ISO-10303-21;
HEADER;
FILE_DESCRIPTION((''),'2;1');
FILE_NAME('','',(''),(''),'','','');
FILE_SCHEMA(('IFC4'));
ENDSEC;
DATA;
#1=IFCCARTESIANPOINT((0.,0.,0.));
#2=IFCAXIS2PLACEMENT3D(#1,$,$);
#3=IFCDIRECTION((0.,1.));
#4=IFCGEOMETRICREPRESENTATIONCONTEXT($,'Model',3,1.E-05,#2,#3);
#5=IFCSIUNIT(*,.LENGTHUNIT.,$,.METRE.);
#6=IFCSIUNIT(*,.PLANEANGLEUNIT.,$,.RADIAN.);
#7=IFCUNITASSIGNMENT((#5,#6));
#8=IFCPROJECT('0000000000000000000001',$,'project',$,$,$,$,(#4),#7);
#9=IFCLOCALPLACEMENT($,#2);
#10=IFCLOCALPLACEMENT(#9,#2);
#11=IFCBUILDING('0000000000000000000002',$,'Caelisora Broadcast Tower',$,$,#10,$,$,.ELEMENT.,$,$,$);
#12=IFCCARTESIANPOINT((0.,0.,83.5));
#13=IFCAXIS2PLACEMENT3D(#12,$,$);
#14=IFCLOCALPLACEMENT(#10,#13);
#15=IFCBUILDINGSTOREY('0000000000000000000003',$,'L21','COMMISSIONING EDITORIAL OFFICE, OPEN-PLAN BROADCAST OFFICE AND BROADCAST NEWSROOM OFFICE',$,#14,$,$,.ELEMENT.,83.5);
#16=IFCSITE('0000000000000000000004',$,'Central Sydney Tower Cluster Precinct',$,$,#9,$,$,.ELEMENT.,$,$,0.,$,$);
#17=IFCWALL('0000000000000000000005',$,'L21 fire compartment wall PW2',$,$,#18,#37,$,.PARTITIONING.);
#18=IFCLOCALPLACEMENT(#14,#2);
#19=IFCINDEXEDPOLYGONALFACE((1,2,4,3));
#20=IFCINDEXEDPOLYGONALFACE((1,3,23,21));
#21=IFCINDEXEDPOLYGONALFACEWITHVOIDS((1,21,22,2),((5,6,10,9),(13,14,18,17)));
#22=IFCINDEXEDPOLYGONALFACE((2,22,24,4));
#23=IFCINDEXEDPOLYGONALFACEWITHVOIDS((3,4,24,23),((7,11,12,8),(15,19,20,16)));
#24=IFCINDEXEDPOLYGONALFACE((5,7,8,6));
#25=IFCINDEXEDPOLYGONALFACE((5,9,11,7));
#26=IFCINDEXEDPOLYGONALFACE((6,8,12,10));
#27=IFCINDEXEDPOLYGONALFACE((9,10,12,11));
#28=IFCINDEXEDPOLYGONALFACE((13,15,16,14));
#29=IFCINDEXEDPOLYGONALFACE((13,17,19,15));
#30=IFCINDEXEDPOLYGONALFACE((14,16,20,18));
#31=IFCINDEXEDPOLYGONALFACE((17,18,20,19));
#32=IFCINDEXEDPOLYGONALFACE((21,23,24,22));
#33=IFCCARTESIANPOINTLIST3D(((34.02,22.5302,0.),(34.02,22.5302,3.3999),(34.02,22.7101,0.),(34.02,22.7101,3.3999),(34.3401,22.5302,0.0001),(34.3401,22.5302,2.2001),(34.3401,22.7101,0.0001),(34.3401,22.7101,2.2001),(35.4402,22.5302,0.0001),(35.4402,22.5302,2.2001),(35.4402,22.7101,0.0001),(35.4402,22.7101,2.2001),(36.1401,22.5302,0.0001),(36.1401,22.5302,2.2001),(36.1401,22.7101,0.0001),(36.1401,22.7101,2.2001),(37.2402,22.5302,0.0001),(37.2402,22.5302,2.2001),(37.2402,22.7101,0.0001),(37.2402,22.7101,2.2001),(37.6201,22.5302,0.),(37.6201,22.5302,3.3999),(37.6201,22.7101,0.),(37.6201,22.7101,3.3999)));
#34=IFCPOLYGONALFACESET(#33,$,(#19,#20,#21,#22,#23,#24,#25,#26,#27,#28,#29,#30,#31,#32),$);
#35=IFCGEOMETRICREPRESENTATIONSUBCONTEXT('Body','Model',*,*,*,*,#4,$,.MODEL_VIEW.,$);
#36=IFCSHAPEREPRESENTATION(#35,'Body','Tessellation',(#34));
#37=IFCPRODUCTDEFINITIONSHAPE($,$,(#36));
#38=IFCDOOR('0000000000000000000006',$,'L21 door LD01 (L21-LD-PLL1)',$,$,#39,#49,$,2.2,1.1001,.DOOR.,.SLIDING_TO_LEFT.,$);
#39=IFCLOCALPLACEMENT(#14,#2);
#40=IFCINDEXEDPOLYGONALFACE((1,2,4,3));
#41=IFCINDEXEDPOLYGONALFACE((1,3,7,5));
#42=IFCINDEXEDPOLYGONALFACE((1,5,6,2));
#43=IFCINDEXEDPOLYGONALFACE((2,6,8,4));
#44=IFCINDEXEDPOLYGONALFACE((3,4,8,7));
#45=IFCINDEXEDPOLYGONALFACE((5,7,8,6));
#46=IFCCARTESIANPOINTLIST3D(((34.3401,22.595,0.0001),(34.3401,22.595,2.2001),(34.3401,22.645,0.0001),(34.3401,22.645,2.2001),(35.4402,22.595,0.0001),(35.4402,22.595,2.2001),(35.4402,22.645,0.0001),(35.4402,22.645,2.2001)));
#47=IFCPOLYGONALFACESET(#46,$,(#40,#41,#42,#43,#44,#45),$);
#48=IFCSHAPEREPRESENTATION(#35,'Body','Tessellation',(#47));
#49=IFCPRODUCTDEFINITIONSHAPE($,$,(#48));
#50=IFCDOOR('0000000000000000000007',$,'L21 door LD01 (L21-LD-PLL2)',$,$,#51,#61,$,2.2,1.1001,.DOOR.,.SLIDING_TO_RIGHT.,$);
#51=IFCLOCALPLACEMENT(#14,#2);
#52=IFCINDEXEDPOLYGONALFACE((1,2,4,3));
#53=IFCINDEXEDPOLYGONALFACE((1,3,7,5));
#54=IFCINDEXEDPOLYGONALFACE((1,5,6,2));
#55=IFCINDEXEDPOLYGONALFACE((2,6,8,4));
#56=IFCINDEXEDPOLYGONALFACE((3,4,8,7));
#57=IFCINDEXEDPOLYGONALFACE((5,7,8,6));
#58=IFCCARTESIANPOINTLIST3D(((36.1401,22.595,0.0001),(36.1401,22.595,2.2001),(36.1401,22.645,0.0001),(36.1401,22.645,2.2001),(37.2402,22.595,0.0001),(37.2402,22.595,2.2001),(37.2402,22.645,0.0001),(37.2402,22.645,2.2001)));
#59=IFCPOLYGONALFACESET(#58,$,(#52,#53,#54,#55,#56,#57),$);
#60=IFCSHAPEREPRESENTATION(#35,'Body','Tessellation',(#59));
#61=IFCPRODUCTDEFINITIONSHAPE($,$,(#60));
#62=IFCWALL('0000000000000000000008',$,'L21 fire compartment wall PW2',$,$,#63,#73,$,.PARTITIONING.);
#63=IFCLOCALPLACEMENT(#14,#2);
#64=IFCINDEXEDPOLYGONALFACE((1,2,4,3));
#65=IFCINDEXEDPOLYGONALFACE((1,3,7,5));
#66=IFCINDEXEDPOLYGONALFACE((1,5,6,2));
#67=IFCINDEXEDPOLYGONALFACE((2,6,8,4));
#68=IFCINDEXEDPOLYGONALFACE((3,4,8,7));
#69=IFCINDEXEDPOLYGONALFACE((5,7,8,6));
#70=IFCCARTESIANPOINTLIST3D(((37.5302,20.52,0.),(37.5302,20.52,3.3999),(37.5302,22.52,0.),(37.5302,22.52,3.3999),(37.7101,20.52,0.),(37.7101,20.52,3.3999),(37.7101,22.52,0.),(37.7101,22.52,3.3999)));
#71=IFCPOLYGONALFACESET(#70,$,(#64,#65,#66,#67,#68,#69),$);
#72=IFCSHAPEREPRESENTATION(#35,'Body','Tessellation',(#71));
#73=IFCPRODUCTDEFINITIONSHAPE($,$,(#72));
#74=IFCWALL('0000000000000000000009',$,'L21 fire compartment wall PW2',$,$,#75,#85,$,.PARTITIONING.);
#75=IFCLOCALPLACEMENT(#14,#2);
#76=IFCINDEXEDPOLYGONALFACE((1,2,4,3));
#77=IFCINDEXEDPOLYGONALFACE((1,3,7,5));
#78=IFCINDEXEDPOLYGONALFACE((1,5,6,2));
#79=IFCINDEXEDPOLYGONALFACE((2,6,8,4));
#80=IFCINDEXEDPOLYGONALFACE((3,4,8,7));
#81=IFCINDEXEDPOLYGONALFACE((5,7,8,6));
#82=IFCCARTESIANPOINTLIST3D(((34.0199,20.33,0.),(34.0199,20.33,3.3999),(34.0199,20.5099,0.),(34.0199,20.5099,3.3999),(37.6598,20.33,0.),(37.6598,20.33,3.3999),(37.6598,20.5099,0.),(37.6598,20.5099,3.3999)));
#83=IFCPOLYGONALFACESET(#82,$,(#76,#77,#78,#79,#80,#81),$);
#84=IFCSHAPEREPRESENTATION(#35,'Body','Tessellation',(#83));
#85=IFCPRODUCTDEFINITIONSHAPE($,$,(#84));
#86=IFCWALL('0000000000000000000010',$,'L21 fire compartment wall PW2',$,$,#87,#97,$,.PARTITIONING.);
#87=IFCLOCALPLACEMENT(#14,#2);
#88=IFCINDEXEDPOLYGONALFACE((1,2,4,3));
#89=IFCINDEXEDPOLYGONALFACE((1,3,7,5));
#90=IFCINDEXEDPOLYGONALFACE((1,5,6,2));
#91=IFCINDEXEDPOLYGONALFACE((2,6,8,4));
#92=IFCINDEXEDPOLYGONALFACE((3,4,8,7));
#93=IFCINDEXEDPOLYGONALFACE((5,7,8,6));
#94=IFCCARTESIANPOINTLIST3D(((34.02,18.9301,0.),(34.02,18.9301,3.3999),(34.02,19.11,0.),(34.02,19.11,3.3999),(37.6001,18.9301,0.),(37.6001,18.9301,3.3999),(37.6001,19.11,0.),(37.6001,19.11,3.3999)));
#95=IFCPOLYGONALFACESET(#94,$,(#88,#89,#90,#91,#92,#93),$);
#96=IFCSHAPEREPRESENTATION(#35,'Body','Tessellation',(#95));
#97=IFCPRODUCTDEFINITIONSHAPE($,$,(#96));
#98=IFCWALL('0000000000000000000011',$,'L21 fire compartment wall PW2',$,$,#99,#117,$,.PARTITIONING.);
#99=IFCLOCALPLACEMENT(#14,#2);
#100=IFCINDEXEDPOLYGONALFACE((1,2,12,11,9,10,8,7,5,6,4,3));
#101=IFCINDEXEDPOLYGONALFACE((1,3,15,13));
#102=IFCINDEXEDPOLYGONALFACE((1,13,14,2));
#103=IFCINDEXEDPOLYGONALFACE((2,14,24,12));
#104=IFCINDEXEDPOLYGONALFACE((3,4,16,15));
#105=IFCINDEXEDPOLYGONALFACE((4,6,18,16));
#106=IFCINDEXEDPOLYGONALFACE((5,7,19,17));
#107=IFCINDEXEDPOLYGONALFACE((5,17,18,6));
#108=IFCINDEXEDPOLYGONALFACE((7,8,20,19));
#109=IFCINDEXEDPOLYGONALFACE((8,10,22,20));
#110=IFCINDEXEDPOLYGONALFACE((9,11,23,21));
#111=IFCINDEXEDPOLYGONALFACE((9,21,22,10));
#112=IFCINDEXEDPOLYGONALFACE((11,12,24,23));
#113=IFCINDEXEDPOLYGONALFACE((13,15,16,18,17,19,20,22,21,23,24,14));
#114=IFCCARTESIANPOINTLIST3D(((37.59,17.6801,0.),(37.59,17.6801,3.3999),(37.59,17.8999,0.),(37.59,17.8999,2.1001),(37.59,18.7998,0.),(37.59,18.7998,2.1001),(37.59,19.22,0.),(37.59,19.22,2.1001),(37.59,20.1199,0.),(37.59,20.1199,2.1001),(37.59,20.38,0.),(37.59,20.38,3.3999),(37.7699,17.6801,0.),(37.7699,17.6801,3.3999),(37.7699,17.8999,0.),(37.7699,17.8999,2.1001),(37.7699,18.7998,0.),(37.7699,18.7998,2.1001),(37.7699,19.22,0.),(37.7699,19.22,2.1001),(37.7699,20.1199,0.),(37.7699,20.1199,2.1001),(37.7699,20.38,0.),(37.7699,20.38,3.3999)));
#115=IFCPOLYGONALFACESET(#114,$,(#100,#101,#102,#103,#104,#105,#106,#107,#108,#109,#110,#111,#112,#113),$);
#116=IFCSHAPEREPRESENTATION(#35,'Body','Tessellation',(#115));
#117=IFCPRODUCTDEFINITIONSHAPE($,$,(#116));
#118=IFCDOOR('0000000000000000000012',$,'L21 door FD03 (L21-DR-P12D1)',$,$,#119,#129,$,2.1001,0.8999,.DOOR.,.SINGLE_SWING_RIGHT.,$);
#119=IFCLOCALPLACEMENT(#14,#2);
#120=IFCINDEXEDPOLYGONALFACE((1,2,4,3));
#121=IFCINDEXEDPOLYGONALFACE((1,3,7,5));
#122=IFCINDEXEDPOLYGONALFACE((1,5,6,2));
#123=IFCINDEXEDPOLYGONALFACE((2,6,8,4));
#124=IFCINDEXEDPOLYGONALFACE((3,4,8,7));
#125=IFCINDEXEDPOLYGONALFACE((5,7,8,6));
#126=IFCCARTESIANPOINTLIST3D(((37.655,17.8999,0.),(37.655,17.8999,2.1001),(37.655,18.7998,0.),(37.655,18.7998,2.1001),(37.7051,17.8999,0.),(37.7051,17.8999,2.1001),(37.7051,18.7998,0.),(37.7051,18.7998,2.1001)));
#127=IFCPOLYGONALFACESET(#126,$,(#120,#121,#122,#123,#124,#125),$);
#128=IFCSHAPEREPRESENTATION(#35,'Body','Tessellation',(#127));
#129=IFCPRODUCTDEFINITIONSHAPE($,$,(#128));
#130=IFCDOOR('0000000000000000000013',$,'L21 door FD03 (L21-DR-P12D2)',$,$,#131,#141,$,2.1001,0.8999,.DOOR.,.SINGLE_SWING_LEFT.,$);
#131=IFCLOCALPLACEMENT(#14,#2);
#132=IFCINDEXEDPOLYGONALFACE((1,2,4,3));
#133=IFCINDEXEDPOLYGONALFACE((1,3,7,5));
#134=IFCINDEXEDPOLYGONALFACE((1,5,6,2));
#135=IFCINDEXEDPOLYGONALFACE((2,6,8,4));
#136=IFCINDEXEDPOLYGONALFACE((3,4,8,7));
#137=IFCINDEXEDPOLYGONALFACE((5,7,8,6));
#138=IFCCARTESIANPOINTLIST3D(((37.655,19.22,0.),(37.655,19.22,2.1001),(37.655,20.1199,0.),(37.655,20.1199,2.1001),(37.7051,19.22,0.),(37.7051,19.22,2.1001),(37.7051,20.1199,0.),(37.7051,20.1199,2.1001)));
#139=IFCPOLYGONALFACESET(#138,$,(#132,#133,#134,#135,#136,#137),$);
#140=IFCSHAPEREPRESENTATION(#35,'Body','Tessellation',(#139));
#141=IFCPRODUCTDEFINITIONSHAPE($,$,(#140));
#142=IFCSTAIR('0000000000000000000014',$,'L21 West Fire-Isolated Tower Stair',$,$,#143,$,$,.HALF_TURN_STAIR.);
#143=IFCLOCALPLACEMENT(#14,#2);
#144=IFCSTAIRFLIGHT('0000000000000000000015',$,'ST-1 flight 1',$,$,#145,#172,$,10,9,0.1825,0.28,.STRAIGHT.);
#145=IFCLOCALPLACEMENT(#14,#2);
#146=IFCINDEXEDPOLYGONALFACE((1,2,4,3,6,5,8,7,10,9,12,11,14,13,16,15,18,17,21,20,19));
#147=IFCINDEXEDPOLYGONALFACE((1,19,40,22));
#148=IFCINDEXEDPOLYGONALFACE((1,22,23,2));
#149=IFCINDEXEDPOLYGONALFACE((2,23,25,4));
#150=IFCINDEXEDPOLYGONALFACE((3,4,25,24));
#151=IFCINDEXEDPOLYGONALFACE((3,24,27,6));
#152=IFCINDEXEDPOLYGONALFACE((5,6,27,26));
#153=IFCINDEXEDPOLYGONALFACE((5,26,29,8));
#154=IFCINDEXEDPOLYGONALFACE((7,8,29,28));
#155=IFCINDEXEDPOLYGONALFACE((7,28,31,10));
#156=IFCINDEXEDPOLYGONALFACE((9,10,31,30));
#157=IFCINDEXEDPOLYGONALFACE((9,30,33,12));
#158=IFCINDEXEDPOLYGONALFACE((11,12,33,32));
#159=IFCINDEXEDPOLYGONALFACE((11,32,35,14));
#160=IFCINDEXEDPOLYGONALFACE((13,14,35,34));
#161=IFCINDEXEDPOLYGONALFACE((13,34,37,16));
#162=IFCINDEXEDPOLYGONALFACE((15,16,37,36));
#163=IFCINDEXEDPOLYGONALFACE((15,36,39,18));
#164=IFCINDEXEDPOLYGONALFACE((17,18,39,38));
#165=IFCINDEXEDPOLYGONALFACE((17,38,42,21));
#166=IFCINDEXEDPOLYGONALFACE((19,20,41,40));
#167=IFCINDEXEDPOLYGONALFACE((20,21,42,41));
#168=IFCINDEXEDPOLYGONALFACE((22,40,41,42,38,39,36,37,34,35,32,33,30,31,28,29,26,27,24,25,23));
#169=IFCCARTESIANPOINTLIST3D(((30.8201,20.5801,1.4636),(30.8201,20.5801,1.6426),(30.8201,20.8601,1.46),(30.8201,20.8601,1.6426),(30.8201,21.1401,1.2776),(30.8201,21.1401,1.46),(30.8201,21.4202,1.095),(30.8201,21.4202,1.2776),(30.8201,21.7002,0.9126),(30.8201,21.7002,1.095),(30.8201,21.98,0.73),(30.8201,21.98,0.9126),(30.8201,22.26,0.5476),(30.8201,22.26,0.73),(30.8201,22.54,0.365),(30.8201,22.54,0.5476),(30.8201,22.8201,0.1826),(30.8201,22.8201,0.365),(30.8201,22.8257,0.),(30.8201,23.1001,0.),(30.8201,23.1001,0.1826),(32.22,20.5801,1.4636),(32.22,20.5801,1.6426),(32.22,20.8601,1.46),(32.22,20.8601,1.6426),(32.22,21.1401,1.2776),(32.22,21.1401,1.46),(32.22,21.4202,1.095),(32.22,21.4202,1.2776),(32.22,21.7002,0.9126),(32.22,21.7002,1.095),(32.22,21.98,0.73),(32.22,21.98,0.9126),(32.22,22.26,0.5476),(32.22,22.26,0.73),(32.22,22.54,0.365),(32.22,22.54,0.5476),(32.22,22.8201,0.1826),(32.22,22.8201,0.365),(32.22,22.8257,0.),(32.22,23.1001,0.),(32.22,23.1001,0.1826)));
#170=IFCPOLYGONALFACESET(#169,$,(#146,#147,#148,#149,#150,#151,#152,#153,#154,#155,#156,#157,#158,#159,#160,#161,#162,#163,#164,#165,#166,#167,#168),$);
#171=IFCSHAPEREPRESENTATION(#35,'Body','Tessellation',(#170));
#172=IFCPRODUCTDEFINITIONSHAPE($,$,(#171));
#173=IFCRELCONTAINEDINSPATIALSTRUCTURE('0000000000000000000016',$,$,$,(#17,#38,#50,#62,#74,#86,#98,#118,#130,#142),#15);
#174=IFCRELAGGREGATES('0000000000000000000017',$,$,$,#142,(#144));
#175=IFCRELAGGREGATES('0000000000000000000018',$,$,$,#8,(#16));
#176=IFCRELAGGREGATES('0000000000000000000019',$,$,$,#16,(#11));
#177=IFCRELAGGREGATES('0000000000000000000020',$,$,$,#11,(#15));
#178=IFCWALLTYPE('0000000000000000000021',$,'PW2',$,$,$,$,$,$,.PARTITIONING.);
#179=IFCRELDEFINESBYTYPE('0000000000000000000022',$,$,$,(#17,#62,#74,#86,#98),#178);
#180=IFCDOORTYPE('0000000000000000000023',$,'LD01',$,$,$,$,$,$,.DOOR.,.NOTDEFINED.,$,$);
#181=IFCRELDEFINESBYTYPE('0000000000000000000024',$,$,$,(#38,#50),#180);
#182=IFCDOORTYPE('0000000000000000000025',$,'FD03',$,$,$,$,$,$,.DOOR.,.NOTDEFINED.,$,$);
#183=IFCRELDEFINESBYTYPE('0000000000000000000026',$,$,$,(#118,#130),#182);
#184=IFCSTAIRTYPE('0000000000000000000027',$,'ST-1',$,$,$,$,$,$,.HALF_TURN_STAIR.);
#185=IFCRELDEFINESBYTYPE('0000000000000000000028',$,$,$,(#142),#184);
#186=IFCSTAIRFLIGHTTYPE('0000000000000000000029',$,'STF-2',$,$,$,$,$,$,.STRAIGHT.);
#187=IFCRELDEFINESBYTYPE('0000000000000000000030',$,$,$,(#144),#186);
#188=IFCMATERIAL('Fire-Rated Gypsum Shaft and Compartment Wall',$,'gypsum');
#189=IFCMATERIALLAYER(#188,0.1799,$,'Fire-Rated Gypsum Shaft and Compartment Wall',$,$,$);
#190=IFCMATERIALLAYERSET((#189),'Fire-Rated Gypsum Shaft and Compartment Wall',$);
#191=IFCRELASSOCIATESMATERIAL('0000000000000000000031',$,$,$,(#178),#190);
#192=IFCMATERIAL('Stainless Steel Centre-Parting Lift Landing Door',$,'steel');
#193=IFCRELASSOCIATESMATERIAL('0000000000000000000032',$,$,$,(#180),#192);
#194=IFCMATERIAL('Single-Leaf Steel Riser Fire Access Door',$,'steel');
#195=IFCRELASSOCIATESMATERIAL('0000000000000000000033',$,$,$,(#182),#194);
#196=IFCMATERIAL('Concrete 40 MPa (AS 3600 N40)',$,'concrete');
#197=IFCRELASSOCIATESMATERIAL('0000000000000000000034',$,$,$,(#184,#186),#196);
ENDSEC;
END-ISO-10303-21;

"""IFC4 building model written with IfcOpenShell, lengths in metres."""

from ifc_helpers import new_model, si_unit, direction, frame, frame_2d, origin, place, context, subcontext, project, spatial, polyline, rectangle, outline, extrude, material, layer, layer_set, type_object, element, fill, aggregate, save


model = new_model("IFC4")

# Units and contexts
model_context = context("Model", 3, precision=1e-05, world=origin(), true_north=direction((0.0, 1.0)))
body_context = subcontext(model_context, "Body", "Model", "MODEL_VIEW")
ifc_project = project(units=[si_unit("LENGTHUNIT", "METRE"), si_unit("PLANEANGLEUNIT", "RADIAN")], contexts=[model_context])

# Site, building, storey
site_placement = place(None, origin())
site = spatial("IfcSite", under=ifc_project, at=site_placement, Name="Central Sydney Tower Cluster Precinct", CompositionType="ELEMENT", RefElevation=0.0)
building_placement = place(site_placement, origin())
building = spatial("IfcBuilding", under=site, at=building_placement, Name="Caelisora Broadcast Tower", CompositionType="ELEMENT")
storey_placement = place(building_placement, frame((0.0, 0.0, 83.5)))
storey = spatial("IfcBuildingStorey", under=building, at=storey_placement, Name="L21", Description="COMMISSIONING EDITORIAL OFFICE, OPEN-PLAN BROADCAST OFFICE AND BROADCAST NEWSROOM OFFICE", CompositionType="ELEMENT", Elevation=83.5)

# Wall, openings, doors
ifc_material_1 = material(Name="Fire-Rated Gypsum Shaft and Compartment Wall", Category="gypsum")
ifc_layer_1 = layer(ifc_material_1, 0.1799, Name="Fire-Rated Gypsum Shaft and Compartment Wall")
ifc_layer_set_1 = layer_set([ifc_layer_1], Name="Fire-Rated Gypsum Shaft and Compartment Wall")
wall_type_1 = type_object("IfcWallType", Name="PW2", PredefinedType="PARTITIONING", material=ifc_layer_set_1)
wall_1_placement = place(storey_placement, frame((34.02, 22.6201, 0.0), z_axis=(0.0, 0.0, 1.0), x_axis=(1.0, 0.0, 0.0)))
wall_1 = element("IfcWall", 1, at=wall_1_placement, inside=storey, type_object=wall_type_1, Name="L21 fire compartment wall PW2", PredefinedType="PARTITIONING", context=body_context, shape_type="SweptSolid", body=[
    extrude(rectangle(XDim=3.6001, YDim=0.1799, at=frame_2d((1.8, 0.0))), origin(), (0.0, 0.0, 1.0), 3.3999),
])
opening_1_placement = place(wall_1_placement, frame((0.3201, 0.0, 0.0)))
opening_1 = element("IfcOpeningElement", 2, at=opening_1_placement, cuts=wall_1, PredefinedType="OPENING", context=body_context, shape_type="SweptSolid", body=[
    extrude(rectangle(XDim=1.1001, YDim=2.2, at=frame_2d((0.55, 1.1001))), frame((0.0, 0.1021, 0.0), z_axis=(0.0, -1.0, 0.0), x_axis=(1.0, 0.0, 0.0)), (0.0, 0.0, 1.0), 0.2039),
])
opening_2_placement = place(wall_1_placement, frame((2.1201, 0.0, 0.0)))
opening_2 = element("IfcOpeningElement", 3, at=opening_2_placement, cuts=wall_1, PredefinedType="OPENING", context=body_context, shape_type="SweptSolid", body=[
    extrude(rectangle(XDim=1.1001, YDim=2.2, at=frame_2d((0.55, 1.1001))), frame((0.0, 0.1021, 0.0), z_axis=(0.0, -1.0, 0.0), x_axis=(1.0, 0.0, 0.0)), (0.0, 0.0, 1.0), 0.2039),
])
ifc_material_2 = material(Name="Stainless Steel Centre-Parting Lift Landing Door", Category="steel")
door_type_1 = type_object("IfcDoorType", Name="LD01", OperationType="NOTDEFINED", PredefinedType="DOOR", material=ifc_material_2)
door_1_placement = place(opening_1_placement, origin())
door_1 = element("IfcDoor", 4, at=door_1_placement, inside=storey, type_object=door_type_1, Name="L21 door LD01 (L21-LD-PLL1)", OperationType="SLIDING_TO_LEFT", OverallHeight=2.2, OverallWidth=1.1001, PredefinedType="DOOR", context=body_context, shape_type="SweptSolid", body=[
    extrude(rectangle(XDim=1.1001, YDim=2.2, at=frame_2d((0.55, 1.1001))), frame((0.0, 0.0249, 0.0), z_axis=(0.0, -1.0, 0.0), x_axis=(1.0, 0.0, 0.0)), (0.0, 0.0, 1.0), 0.05),
])
fill(opening_1, door_1)
door_2_placement = place(opening_2_placement, origin())
door_2 = element("IfcDoor", 5, at=door_2_placement, inside=storey, type_object=door_type_1, Name="L21 door LD01 (L21-LD-PLL2)", OperationType="SLIDING_TO_RIGHT", OverallHeight=2.2, OverallWidth=1.1001, PredefinedType="DOOR", context=body_context, shape_type="SweptSolid", body=[
    extrude(rectangle(XDim=1.1001, YDim=2.2, at=frame_2d((0.55, 1.1001))), frame((0.0, 0.0249, 0.0), z_axis=(0.0, -1.0, 0.0), x_axis=(1.0, 0.0, 0.0)), (0.0, 0.0, 1.0), 0.05),
])
fill(opening_2, door_2)

# Walls
wall_2_placement = place(storey_placement, frame((37.6201, 20.52, 0.0), z_axis=(0.0, 0.0, 1.0), x_axis=(0.0, 1.0, 0.0)))
element("IfcWall", 6, at=wall_2_placement, inside=storey, type_object=wall_type_1, Name="L21 fire compartment wall PW2", PredefinedType="PARTITIONING", context=body_context, shape_type="SweptSolid", body=[
    extrude(rectangle(XDim=2.0, YDim=0.1799, at=frame_2d((1.0, 0.0))), origin(), (0.0, 0.0, 1.0), 3.3999),
])
wall_3_placement = place(storey_placement, frame((34.02, 20.4199, 0.0), z_axis=(0.0, 0.0, 1.0), x_axis=(1.0, 0.0, 0.0)))
element("IfcWall", 7, at=wall_3_placement, inside=storey, type_object=wall_type_1, Name="L21 fire compartment wall PW2", PredefinedType="PARTITIONING", context=body_context, shape_type="SweptSolid", body=[
    extrude(rectangle(XDim=3.6399, YDim=0.1799, at=frame_2d((1.8198, 0.0))), origin(), (0.0, 0.0, 1.0), 3.3999),
])
wall_4_placement = place(storey_placement, frame((34.02, 19.02, 0.0), z_axis=(0.0, 0.0, 1.0), x_axis=(1.0, 0.0, 0.0)))
element("IfcWall", 8, at=wall_4_placement, inside=storey, type_object=wall_type_1, Name="L21 fire compartment wall PW2", PredefinedType="PARTITIONING", context=body_context, shape_type="SweptSolid", body=[
    extrude(rectangle(XDim=3.5801, YDim=0.1799, at=frame_2d((1.79, 0.0))), origin(), (0.0, 0.0, 1.0), 3.3999),
])

# Wall, openings, doors
wall_5_placement = place(storey_placement, frame((37.6799, 17.6799, 0.0), z_axis=(0.0, 0.0, 1.0), x_axis=(0.0, 1.0, 0.0)))
wall_5 = element("IfcWall", 9, at=wall_5_placement, inside=storey, type_object=wall_type_1, Name="L21 fire compartment wall PW2", PredefinedType="PARTITIONING", context=body_context, shape_type="SweptSolid", body=[
    extrude(rectangle(XDim=2.7, YDim=0.1799, at=frame_2d((1.3501, 0.0))), origin(), (0.0, 0.0, 1.0), 3.3999),
])
opening_3_placement = place(wall_5_placement, frame((0.22, 0.0, 0.0)))
opening_3 = element("IfcOpeningElement", 10, at=opening_3_placement, cuts=wall_5, PredefinedType="OPENING", context=body_context, shape_type="SweptSolid", body=[
    extrude(rectangle(XDim=0.8999, YDim=2.1001, at=frame_2d((0.45, 1.05))), frame((0.0, 0.1021, 0.0), z_axis=(0.0, -1.0, 0.0), x_axis=(1.0, 0.0, 0.0)), (0.0, 0.0, 1.0), 0.2039),
])
opening_4_placement = place(wall_5_placement, frame((1.54, 0.0, 0.0)))
opening_4 = element("IfcOpeningElement", 11, at=opening_4_placement, cuts=wall_5, PredefinedType="OPENING", context=body_context, shape_type="SweptSolid", body=[
    extrude(rectangle(XDim=0.8999, YDim=2.1001, at=frame_2d((0.45, 1.05))), frame((0.0, 0.1021, 0.0), z_axis=(0.0, -1.0, 0.0), x_axis=(1.0, 0.0, 0.0)), (0.0, 0.0, 1.0), 0.2039),
])
ifc_material_3 = material(Name="Single-Leaf Steel Riser Fire Access Door", Category="steel")
door_type_2 = type_object("IfcDoorType", Name="FD03", OperationType="NOTDEFINED", PredefinedType="DOOR", material=ifc_material_3)
door_3_placement = place(opening_3_placement, origin())
door_3 = element("IfcDoor", 12, at=door_3_placement, inside=storey, type_object=door_type_2, Name="L21 door FD03 (L21-DR-P12D1)", OperationType="SINGLE_SWING_RIGHT", OverallHeight=2.1001, OverallWidth=0.8999, PredefinedType="DOOR", context=body_context, shape_type="SweptSolid", body=[
    extrude(rectangle(XDim=0.8999, YDim=2.1001, at=frame_2d((0.45, 1.05))), frame((0.0, 0.0249, 0.0), z_axis=(0.0, -1.0, 0.0), x_axis=(1.0, 0.0, 0.0)), (0.0, 0.0, 1.0), 0.05),
])
fill(opening_3, door_3)
door_4_placement = place(opening_4_placement, origin())
door_4 = element("IfcDoor", 13, at=door_4_placement, inside=storey, type_object=door_type_2, Name="L21 door FD03 (L21-DR-P12D2)", OperationType="SINGLE_SWING_LEFT", OverallHeight=2.1001, OverallWidth=0.8999, PredefinedType="DOOR", context=body_context, shape_type="SweptSolid", body=[
    extrude(rectangle(XDim=0.8999, YDim=2.1001, at=frame_2d((0.45, 1.05))), frame((0.0, 0.0249, 0.0), z_axis=(0.0, -1.0, 0.0), x_axis=(1.0, 0.0, 0.0)), (0.0, 0.0, 1.0), 0.05),
])
fill(opening_4, door_4)

# Stair, stair flight
ifc_material_4 = material(Name="Concrete 40 MPa (AS 3600 N40)", Category="concrete")
stair_type = type_object("IfcStairType", Name="ST-1", PredefinedType="HALF_TURN_STAIR", material=ifc_material_4)
stair_placement = place(storey_placement, origin())
stair = element("IfcStair", 14, at=stair_placement, inside=storey, type_object=stair_type, Name="L21 West Fire-Isolated Tower Stair", PredefinedType="HALF_TURN_STAIR")
stair_flight_type = type_object("IfcStairFlightType", Name="STF-2", PredefinedType="STRAIGHT", material=ifc_material_4)
stair_flight_1_placement = place(storey_placement, frame((31.52, 23.1001, 0.0), z_axis=(0.0, 0.0, 1.0), x_axis=(0.0, -1.0, 0.0)))
stair_flight_1 = element("IfcStairFlight", 15, at=stair_flight_1_placement, type_object=stair_flight_type, Name="ST-1 flight 1", NumberOfRisers=10, NumberOfTreads=9, PredefinedType="STRAIGHT", RiserHeight=0.1825, TreadLength=0.28, context=body_context, shape_type="SweptSolid", body=[
    extrude(outline(polyline([(0.0, 0.0), (0.0, 0.1826), (0.28, 0.1826), (0.28, 0.365), (0.5601, 0.365), (0.5601, 0.5476), (0.8401, 0.5476), (0.8401, 0.73), (1.1201, 0.73), (1.1201, 0.9126), (1.3999, 0.9126), (1.3999, 1.095), (1.6799, 1.095), (1.6799, 1.2776), (1.96, 1.2776), (1.96, 1.46), (2.24, 1.46), (2.24, 1.6426), (2.52, 1.6426), (2.52, 1.825), (2.52, 1.4636), (0.2744, 0.0), (0.0, 0.0)])), frame((0.0, 0.7, 0.0), z_axis=(0.0, -1.0, 0.0), x_axis=(1.0, 0.0, 0.0)), (0.0, 0.0, 1.0), 1.3999),
])
aggregate(stair, [stair_flight_1])

save(model, "model.ifc")
